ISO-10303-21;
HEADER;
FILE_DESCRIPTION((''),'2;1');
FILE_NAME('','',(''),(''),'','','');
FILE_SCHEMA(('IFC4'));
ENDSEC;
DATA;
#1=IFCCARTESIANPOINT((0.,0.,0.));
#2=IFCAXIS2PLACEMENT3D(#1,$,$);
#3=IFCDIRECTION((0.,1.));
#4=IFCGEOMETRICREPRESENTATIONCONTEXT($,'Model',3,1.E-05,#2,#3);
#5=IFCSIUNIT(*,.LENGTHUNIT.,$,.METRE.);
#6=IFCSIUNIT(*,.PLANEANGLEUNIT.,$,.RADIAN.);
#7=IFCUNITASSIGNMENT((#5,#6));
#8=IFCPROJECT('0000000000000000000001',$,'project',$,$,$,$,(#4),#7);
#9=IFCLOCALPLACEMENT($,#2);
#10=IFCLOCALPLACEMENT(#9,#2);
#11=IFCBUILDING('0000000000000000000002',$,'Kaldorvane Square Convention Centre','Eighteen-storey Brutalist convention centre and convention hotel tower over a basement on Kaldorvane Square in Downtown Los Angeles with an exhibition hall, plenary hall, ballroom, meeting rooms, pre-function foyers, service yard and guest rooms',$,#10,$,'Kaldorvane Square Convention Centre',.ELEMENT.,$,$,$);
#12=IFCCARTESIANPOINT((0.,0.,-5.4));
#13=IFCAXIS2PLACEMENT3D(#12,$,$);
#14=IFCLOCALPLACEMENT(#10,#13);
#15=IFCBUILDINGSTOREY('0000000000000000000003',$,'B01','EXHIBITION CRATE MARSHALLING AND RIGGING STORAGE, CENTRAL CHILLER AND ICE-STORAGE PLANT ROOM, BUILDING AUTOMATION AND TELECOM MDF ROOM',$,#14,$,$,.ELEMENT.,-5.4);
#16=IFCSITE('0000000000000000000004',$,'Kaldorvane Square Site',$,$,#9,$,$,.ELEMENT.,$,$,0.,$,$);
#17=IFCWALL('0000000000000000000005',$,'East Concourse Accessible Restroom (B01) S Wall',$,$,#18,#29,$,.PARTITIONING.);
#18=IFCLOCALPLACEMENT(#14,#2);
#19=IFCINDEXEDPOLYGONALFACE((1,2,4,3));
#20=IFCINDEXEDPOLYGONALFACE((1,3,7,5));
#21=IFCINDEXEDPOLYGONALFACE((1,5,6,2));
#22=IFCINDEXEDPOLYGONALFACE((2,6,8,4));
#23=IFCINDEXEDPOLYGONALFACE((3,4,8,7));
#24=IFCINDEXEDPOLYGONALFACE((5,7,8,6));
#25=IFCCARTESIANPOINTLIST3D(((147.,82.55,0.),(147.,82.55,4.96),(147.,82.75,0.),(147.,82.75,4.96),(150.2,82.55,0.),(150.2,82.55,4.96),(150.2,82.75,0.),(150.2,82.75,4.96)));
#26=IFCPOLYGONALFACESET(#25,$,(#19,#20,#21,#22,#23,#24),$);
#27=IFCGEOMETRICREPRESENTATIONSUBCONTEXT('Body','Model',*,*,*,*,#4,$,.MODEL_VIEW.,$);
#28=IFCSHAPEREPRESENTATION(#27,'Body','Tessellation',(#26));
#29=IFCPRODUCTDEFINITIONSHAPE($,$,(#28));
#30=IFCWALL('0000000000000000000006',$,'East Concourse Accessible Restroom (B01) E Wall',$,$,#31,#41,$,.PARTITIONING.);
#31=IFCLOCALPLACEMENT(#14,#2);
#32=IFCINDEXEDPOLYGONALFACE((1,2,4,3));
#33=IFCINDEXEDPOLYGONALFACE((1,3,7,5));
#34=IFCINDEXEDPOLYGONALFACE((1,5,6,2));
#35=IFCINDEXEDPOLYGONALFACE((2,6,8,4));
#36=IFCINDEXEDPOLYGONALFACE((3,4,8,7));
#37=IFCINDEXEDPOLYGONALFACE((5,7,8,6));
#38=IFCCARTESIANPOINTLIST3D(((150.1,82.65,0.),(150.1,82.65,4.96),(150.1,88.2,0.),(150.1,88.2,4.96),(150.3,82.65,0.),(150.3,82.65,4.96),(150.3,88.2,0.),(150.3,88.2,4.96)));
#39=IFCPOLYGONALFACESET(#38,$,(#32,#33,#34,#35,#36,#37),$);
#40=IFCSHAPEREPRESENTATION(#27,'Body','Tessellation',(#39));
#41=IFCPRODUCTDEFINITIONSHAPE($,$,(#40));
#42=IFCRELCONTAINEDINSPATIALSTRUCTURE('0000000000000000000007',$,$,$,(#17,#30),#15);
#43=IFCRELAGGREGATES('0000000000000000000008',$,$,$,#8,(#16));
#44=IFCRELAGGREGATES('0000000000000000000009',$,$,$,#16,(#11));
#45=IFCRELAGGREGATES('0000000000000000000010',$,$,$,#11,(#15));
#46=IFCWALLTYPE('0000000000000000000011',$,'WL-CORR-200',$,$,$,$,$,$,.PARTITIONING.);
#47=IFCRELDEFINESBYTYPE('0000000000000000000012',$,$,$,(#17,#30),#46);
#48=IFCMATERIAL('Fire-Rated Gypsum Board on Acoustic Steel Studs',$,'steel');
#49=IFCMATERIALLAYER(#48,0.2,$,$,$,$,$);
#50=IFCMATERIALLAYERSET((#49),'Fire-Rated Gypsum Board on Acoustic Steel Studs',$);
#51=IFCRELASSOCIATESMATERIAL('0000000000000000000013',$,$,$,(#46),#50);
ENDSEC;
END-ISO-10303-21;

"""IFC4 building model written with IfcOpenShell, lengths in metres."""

from ifc_helpers import new_model, si_unit, direction, frame, frame_2d, origin, place, context, subcontext, project, spatial, rectangle, extrude, material, layer, layer_set, type_object, element, save


model = new_model("IFC4")

# Units and contexts
model_context = context("Model", 3, precision=1e-05, world=origin(), true_north=direction((0.0, 1.0)))
body_context = subcontext(model_context, "Body", "Model", "MODEL_VIEW")
ifc_project = project(units=[si_unit("LENGTHUNIT", "METRE"), si_unit("PLANEANGLEUNIT", "RADIAN")], contexts=[model_context])

# Site, building, storey
site_placement = place(None, origin())
site = spatial("IfcSite", under=ifc_project, at=site_placement, Name="Kaldorvane Square Site", CompositionType="ELEMENT", RefElevation=0.0)
building_placement = place(site_placement, origin())
building = spatial("IfcBuilding", under=site, at=building_placement, Name="Kaldorvane Square Convention Centre", Description="Eighteen-storey Brutalist convention centre and convention hotel tower over a basement on Kaldorvane Square in Downtown Los Angeles with an exhibition hall, plenary hall, ballroom, meeting rooms, pre-function foyers, service yard and guest rooms", LongName="Kaldorvane Square Convention Centre", CompositionType="ELEMENT")
storey_placement = place(building_placement, frame((0.0, 0.0, -5.4)))
storey = spatial("IfcBuildingStorey", under=building, at=storey_placement, Name="B01", Description="EXHIBITION CRATE MARSHALLING AND RIGGING STORAGE, CENTRAL CHILLER AND ICE-STORAGE PLANT ROOM, BUILDING AUTOMATION AND TELECOM MDF ROOM", CompositionType="ELEMENT", Elevation=-5.4)

# Walls
ifc_material_1 = material(Name="Fire-Rated Gypsum Board on Acoustic Steel Studs", Category="steel")
ifc_layer = layer(ifc_material_1, 0.2)
ifc_layer_set = layer_set([ifc_layer], Name="Fire-Rated Gypsum Board on Acoustic Steel Studs")
wall_type = type_object("IfcWallType", Name="WL-CORR-200", PredefinedType="PARTITIONING", material=ifc_layer_set)
wall_1_placement = place(storey_placement, frame((147.0, 82.65, 0.0), z_axis=(0.0, 0.0, 1.0), x_axis=(1.0, 0.0, 0.0)))
element("IfcWall", 1, at=wall_1_placement, inside=storey, type_object=wall_type, Name="East Concourse Accessible Restroom (B01) S Wall", PredefinedType="PARTITIONING", context=body_context, shape_type="SweptSolid", body=[
    extrude(rectangle(XDim=3.2, YDim=0.2, at=frame_2d((1.6, 0.0))), origin(), (0.0, 0.0, 1.0), 4.96),
])
wall_2_placement = place(storey_placement, frame((150.2, 82.65, 0.0), z_axis=(0.0, 0.0, 1.0), x_axis=(0.0, 1.0, 0.0)))
element("IfcWall", 2, at=wall_2_placement, inside=storey, type_object=wall_type, Name="East Concourse Accessible Restroom (B01) E Wall", PredefinedType="PARTITIONING", context=body_context, shape_type="SweptSolid", body=[
    extrude(rectangle(XDim=5.55, YDim=0.2, at=frame_2d((2.775, 0.0))), origin(), (0.0, 0.0, 1.0), 4.96),
])

save(model, "model.ifc")
